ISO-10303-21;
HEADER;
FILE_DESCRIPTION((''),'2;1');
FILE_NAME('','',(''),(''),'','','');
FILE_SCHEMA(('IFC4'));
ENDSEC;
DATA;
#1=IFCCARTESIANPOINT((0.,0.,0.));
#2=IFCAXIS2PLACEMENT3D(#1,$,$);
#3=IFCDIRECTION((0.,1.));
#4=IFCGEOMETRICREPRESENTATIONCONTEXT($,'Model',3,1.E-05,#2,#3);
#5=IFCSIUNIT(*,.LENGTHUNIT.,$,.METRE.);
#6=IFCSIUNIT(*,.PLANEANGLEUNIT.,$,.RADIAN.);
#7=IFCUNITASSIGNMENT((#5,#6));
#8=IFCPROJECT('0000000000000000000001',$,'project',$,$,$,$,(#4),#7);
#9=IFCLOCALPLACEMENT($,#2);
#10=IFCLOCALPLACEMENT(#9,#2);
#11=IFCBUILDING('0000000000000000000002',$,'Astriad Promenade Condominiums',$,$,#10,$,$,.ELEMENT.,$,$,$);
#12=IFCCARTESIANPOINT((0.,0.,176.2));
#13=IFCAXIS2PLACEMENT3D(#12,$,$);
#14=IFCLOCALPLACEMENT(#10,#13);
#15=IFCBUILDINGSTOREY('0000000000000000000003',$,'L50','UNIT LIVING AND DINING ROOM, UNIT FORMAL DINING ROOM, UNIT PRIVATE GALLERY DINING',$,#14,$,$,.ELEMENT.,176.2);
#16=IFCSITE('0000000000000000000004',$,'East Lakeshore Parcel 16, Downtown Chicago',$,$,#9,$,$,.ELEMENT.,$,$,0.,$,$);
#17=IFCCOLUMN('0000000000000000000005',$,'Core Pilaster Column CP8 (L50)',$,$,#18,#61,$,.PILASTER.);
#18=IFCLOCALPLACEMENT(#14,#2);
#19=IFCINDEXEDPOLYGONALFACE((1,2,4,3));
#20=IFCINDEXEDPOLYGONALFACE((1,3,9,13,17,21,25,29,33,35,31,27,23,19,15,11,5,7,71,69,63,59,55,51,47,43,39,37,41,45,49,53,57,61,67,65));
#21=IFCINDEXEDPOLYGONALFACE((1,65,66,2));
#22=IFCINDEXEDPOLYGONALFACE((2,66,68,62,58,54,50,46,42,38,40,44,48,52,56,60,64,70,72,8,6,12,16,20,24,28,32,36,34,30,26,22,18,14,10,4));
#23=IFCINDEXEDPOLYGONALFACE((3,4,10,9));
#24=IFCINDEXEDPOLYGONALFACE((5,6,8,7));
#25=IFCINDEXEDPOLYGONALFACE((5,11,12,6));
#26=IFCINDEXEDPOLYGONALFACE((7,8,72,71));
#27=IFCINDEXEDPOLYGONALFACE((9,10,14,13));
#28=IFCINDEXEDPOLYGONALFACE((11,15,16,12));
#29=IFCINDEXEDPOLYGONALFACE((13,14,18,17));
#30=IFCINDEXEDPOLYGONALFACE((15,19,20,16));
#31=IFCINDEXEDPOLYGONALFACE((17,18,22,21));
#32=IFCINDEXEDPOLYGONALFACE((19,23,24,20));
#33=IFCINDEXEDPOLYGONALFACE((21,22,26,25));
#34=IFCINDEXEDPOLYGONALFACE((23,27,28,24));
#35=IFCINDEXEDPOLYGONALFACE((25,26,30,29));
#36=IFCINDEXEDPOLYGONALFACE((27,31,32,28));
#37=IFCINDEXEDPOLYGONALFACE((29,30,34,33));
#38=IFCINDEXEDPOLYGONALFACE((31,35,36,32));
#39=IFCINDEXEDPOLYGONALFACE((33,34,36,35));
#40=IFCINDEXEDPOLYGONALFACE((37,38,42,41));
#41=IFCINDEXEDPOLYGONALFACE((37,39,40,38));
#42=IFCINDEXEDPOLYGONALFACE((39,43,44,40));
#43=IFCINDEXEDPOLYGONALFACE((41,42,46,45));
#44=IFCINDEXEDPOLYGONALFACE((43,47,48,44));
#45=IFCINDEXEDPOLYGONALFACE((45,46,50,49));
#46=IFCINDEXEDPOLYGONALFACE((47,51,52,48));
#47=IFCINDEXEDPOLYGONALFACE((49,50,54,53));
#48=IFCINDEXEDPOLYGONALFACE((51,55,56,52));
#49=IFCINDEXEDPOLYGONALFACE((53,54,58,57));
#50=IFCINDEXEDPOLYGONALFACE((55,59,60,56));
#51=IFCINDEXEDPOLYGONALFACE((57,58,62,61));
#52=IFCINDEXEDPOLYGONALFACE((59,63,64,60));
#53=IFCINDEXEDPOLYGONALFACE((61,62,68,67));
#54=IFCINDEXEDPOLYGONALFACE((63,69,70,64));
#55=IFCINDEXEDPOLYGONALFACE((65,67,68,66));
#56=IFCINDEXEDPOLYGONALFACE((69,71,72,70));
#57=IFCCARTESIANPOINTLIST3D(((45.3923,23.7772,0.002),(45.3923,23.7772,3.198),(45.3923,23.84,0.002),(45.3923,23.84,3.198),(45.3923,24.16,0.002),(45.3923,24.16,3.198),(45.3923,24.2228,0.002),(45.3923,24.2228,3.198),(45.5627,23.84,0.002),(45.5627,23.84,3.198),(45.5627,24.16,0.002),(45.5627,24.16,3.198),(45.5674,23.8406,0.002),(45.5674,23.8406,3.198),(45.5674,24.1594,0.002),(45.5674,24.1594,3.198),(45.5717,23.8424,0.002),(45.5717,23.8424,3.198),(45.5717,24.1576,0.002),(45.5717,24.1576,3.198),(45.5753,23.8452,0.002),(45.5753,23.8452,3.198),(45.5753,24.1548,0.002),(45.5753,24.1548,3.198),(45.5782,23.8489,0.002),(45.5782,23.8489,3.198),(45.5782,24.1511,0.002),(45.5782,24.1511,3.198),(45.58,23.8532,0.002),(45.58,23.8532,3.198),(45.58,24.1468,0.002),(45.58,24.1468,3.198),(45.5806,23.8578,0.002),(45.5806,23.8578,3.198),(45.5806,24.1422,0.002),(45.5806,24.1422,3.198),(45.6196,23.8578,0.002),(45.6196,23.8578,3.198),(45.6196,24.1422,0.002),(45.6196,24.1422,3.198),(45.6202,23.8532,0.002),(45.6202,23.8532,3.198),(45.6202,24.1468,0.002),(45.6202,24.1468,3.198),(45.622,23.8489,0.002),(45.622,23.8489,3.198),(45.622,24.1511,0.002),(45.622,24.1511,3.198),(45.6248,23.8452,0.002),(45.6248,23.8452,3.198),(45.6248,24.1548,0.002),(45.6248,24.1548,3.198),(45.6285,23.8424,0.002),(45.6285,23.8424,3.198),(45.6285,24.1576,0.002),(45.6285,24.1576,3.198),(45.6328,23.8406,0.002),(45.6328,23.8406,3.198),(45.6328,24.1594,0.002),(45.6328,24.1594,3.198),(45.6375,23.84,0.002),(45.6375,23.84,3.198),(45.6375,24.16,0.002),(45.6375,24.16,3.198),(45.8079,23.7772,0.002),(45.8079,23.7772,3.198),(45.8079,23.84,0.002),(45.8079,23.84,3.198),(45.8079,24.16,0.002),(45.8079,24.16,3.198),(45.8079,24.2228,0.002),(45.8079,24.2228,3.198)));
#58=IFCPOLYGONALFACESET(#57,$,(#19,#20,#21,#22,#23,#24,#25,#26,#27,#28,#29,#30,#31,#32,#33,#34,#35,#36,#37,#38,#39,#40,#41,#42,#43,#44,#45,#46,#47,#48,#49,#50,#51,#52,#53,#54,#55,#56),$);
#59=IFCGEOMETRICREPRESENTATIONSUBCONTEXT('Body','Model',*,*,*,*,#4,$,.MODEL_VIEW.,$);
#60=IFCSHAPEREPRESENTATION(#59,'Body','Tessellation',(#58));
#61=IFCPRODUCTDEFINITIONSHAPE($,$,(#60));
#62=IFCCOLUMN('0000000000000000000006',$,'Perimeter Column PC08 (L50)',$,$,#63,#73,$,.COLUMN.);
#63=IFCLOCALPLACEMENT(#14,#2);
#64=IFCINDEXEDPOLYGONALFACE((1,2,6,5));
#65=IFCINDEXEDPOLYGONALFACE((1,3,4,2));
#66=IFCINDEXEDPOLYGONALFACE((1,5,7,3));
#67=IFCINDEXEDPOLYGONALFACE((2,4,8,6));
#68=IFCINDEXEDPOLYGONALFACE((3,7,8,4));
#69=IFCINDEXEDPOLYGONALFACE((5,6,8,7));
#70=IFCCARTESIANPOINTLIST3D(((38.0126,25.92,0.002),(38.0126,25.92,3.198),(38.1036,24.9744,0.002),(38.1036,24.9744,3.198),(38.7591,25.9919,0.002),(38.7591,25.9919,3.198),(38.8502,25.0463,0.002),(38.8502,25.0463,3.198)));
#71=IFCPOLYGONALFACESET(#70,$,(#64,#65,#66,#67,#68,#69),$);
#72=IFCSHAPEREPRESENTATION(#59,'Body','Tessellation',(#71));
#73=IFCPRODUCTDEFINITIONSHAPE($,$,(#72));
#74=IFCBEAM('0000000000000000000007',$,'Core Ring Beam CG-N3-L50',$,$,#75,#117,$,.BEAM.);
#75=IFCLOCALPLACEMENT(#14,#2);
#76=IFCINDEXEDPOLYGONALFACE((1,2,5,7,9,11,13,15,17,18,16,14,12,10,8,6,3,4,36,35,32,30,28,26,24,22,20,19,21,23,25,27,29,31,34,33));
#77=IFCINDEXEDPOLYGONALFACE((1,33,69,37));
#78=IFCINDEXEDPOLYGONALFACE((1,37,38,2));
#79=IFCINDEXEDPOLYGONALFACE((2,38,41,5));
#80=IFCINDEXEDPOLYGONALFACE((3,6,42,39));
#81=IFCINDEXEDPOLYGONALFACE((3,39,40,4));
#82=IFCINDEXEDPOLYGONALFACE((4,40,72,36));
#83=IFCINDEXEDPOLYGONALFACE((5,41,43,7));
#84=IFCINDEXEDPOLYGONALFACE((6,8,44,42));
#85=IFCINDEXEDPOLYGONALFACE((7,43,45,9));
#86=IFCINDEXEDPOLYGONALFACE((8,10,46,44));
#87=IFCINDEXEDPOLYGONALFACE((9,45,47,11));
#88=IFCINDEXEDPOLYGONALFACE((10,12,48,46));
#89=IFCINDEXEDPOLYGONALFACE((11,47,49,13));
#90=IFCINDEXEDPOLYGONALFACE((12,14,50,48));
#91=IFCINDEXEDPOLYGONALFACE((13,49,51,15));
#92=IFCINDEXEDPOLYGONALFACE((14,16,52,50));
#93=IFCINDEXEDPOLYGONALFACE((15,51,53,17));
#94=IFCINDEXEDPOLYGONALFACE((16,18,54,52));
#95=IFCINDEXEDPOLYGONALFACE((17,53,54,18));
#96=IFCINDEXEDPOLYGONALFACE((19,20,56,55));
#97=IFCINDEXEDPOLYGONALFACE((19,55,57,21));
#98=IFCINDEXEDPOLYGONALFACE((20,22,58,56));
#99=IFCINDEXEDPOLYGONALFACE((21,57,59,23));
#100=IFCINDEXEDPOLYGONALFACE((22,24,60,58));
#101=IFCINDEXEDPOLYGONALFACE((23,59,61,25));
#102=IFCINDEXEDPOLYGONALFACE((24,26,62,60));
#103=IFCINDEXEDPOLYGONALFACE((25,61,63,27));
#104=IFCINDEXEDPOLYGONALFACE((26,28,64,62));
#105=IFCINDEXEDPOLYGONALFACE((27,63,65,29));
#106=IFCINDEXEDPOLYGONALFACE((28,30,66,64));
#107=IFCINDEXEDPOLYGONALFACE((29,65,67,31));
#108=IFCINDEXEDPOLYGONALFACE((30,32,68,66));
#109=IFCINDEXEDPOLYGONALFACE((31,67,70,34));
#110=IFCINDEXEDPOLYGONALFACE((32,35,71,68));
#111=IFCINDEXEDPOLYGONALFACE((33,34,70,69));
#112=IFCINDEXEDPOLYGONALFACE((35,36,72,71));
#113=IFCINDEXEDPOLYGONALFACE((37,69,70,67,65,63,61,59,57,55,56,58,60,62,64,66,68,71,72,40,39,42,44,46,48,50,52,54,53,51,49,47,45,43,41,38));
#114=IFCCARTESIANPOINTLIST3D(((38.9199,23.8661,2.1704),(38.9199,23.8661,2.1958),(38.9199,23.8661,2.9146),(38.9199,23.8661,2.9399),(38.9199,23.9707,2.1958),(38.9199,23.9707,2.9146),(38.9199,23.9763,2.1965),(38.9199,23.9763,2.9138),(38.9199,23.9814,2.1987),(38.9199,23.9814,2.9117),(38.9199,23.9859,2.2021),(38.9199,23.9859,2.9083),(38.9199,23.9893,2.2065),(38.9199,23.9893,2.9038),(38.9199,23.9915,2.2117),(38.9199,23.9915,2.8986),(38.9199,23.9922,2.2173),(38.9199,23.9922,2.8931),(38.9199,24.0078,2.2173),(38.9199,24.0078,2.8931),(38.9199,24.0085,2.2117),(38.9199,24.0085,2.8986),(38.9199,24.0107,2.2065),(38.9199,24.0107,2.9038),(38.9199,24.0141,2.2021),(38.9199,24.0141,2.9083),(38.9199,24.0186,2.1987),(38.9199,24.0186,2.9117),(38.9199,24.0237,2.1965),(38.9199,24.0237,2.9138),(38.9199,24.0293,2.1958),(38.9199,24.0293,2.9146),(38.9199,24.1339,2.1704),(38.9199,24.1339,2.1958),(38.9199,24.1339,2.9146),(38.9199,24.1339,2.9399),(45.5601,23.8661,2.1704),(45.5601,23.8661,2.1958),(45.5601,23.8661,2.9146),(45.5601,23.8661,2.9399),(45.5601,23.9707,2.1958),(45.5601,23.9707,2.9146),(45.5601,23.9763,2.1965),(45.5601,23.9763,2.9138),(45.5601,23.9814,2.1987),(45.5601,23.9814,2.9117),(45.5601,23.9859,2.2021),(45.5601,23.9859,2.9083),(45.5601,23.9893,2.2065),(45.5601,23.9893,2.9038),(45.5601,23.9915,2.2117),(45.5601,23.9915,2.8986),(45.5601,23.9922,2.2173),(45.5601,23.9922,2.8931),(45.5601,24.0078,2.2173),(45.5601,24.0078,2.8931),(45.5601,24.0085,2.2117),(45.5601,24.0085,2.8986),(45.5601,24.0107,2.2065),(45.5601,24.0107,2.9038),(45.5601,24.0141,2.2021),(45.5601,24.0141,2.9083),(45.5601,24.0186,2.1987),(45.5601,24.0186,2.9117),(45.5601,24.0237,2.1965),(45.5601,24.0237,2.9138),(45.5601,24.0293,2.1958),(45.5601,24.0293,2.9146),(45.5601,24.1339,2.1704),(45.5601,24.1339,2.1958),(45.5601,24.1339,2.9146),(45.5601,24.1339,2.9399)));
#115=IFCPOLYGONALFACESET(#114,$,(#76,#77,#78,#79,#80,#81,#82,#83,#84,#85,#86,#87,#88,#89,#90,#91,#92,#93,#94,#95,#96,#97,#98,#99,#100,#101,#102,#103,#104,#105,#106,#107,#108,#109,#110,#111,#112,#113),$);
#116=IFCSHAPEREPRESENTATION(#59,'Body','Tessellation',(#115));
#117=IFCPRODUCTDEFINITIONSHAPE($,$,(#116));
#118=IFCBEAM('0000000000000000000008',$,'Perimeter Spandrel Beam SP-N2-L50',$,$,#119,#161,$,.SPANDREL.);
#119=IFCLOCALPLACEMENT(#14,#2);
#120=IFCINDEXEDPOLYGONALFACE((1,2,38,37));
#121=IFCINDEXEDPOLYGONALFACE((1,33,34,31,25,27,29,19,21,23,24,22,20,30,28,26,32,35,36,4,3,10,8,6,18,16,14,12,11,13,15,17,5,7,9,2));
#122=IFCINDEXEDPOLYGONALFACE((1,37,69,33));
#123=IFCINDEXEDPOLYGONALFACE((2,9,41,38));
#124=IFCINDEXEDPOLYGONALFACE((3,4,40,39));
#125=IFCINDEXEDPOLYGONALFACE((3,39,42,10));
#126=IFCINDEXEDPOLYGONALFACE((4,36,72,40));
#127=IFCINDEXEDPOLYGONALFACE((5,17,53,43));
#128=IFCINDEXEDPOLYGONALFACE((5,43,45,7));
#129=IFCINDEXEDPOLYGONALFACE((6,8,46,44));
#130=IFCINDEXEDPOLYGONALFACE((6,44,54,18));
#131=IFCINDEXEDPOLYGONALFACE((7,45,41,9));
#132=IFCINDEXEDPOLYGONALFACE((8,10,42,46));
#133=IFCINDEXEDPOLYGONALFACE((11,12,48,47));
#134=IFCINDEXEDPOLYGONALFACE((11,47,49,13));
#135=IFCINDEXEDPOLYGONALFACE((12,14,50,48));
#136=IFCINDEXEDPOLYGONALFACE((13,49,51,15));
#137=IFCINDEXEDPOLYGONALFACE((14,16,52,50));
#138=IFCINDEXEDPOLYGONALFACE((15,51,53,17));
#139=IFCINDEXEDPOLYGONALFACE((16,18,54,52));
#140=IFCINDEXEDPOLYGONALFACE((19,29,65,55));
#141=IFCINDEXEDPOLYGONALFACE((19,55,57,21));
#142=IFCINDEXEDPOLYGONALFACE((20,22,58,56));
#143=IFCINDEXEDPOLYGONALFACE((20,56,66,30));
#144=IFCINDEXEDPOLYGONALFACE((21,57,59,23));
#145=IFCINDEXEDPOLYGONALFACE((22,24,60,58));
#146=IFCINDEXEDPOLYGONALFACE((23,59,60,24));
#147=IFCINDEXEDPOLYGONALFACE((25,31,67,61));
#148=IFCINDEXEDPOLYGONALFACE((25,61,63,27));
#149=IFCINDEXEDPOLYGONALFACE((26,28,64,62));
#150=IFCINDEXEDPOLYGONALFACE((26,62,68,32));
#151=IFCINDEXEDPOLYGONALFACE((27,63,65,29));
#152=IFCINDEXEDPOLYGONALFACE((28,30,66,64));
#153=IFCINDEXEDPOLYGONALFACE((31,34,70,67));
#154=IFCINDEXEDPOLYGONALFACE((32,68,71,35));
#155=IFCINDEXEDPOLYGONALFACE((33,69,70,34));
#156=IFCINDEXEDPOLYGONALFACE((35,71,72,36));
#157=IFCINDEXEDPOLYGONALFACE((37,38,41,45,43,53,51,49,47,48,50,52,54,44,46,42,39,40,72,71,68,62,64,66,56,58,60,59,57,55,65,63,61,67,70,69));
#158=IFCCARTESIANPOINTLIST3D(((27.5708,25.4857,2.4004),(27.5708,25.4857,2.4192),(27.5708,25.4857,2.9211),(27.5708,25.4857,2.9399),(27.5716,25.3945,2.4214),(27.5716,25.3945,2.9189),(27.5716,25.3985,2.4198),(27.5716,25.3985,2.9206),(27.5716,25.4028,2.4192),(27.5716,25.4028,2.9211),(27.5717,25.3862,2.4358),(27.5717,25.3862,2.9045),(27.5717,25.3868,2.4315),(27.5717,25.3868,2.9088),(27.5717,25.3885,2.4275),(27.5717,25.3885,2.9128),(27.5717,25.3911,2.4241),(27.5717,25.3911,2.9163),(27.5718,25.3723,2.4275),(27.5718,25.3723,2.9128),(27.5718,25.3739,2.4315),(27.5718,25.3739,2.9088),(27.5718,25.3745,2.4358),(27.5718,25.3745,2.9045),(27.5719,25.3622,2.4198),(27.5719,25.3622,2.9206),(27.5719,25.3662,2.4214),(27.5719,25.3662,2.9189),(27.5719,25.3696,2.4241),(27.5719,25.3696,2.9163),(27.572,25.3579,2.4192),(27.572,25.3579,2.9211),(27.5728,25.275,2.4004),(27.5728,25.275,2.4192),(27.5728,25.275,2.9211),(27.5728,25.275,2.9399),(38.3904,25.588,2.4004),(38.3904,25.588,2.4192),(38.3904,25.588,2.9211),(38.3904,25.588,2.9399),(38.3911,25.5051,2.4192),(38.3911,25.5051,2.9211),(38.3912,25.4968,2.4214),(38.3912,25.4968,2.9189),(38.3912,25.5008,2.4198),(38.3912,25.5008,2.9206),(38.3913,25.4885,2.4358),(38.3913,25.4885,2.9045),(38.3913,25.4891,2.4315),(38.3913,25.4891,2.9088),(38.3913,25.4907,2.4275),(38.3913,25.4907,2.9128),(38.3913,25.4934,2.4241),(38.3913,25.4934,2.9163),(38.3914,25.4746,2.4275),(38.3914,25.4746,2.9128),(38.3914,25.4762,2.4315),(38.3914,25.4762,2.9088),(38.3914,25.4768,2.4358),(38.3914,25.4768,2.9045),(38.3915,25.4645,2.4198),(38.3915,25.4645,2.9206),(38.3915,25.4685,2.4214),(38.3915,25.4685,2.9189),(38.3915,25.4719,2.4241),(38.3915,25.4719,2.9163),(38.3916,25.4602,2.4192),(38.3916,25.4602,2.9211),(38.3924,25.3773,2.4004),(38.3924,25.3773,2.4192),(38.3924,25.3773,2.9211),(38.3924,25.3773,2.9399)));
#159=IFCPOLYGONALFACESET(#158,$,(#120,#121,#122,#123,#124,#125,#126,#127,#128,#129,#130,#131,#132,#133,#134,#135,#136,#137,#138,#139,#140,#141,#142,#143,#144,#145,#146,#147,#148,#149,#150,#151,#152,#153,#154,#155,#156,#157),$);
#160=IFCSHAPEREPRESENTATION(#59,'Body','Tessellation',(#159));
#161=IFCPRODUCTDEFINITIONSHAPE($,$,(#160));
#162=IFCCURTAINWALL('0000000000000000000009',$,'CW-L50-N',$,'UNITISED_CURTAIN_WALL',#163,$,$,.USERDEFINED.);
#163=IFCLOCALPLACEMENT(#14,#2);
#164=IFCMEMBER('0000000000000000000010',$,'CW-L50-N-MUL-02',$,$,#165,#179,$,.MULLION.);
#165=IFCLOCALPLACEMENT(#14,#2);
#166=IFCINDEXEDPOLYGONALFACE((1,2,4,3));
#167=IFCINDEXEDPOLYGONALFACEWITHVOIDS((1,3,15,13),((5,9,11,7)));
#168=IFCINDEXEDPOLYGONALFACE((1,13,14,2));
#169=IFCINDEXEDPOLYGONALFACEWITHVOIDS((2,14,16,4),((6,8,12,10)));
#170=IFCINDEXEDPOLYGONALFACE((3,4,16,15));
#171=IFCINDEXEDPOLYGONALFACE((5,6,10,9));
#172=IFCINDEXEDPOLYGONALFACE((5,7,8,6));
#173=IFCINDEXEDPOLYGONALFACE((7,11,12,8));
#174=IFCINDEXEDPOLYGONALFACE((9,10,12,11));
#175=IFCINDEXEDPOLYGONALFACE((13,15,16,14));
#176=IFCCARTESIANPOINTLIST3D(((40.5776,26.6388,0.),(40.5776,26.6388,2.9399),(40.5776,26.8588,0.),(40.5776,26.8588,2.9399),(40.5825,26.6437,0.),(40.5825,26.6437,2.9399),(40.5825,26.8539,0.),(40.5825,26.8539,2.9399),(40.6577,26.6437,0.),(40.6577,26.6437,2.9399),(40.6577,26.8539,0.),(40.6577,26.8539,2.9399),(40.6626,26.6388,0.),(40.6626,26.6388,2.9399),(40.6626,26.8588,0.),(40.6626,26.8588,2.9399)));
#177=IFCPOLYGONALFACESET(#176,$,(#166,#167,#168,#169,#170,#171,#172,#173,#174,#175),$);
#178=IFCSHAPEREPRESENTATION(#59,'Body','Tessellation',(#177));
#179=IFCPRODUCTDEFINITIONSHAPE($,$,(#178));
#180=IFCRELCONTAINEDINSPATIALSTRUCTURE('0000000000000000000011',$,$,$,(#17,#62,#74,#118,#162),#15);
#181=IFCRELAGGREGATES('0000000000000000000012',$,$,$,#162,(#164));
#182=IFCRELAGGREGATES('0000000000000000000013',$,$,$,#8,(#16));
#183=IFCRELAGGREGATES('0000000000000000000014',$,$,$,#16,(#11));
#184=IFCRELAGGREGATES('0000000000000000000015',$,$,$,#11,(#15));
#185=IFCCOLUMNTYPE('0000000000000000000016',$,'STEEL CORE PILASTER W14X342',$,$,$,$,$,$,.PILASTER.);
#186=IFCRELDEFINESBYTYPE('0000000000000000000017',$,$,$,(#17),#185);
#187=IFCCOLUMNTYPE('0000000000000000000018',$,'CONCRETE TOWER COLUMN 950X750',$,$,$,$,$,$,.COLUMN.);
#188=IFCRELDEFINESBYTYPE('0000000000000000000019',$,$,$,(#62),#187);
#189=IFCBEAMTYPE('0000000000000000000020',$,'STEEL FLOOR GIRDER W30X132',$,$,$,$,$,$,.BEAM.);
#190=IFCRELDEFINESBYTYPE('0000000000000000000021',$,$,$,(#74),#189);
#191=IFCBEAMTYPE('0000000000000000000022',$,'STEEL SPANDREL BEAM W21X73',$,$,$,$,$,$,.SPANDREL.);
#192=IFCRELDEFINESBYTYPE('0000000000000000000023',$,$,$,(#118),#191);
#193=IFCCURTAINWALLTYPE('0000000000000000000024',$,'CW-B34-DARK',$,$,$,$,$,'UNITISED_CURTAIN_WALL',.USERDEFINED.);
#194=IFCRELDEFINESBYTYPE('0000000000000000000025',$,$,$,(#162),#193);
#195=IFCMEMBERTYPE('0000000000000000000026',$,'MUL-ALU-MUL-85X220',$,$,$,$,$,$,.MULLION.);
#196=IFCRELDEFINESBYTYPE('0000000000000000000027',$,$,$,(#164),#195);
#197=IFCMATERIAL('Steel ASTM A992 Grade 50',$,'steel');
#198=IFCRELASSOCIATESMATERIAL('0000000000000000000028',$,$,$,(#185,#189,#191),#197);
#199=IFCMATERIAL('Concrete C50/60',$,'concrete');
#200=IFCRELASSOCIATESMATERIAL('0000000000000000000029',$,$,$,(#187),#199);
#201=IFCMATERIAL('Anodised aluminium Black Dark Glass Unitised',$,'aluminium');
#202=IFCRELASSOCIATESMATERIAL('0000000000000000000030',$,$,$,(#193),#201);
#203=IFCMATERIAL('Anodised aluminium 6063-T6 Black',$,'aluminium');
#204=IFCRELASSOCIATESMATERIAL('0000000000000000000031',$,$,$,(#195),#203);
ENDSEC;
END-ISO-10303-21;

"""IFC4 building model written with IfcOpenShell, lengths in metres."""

from ifc_helpers import new_model, si_unit, direction, frame, origin, origin_2d, place, context, subcontext, project, spatial, rectangle, hollow_rectangle, i_section, extrude, source, transform, mapped, material, material_profile, profile_set, type_object, type_shapes, element, aggregate, save


model = new_model("IFC4")

# Units and contexts
model_context = context("Model", 3, precision=1e-05, world=origin(), true_north=direction((0.0, 1.0)))
body_context = subcontext(model_context, "Body", "Model", "MODEL_VIEW")
ifc_project = project(units=[si_unit("LENGTHUNIT", "METRE"), si_unit("PLANEANGLEUNIT", "RADIAN")], contexts=[model_context])

# Site, building, storey
site_placement = place(None, origin())
site = spatial("IfcSite", under=ifc_project, at=site_placement, Name="East Lakeshore Parcel 16, Downtown Chicago", CompositionType="ELEMENT", RefElevation=0.0)
building_placement = place(site_placement, origin())
building = spatial("IfcBuilding", under=site, at=building_placement, Name="Astriad Promenade Condominiums", CompositionType="ELEMENT")
storey_placement = place(building_placement, frame((0.0, 0.0, 176.2)))
storey = spatial("IfcBuildingStorey", under=building, at=storey_placement, Name="L50", Description="UNIT LIVING AND DINING ROOM, UNIT FORMAL DINING ROOM, UNIT PRIVATE GALLERY DINING", CompositionType="ELEMENT", Elevation=176.2)

# Columns
ifc_material_1 = material(Name="Steel ASTM A992 Grade 50", Category="steel")
ifc_material_profile_1 = material_profile(ifc_material_1, i_section(OverallWidth=0.4155, OverallDepth=0.4456, WebThickness=0.0391, FlangeThickness=0.0627, FilletRadius=0.0178, at=origin_2d()), Name="W14X342")
ifc_profile_set_1 = profile_set([ifc_material_profile_1], Name="Steel ASTM A992 Grade 50")
column_type_1 = type_object("IfcColumnType", Name="STEEL CORE PILASTER W14X342", PredefinedType="PILASTER", material=ifc_profile_set_1)
shared_shape_1 = source(origin(), body_context, "Body", "SweptSolid", [
    extrude(i_section(OverallWidth=0.4155, OverallDepth=0.4456, WebThickness=0.0391, FlangeThickness=0.0627, FilletRadius=0.0178, at=origin_2d()), origin(), (0.0, 0.0, 1.0), 3.196),
])
type_shapes(column_type_1, [shared_shape_1])
column_1_placement = place(storey_placement, frame((45.6001, 24.0, 0.002), z_axis=(0.0, 0.0, 1.0), x_axis=(1.0, 0.0, 0.0)))
element("IfcColumn", 1, at=column_1_placement, inside=storey, type_object=column_type_1, Name="Core Pilaster Column CP8 (L50)", PredefinedType="PILASTER", context=body_context, shape_type="MappedRepresentation", body=[
    mapped(shared_shape_1, transform((0.0, 0.0, 0.0), scale=1.0)),
])
ifc_material_2 = material(Name="Concrete C50/60", Category="concrete")
ifc_material_profile_2 = material_profile(ifc_material_2, rectangle(XDim=0.75, YDim=0.95, at=origin_2d()), Name="RC-COL-950X750")
ifc_profile_set_2 = profile_set([ifc_material_profile_2], Name="Concrete C50/60")
column_type_2 = type_object("IfcColumnType", Name="CONCRETE TOWER COLUMN 950X750", PredefinedType="COLUMN", material=ifc_profile_set_2)
shared_shape_2 = source(origin(), body_context, "Body", "SweptSolid", [
    extrude(rectangle(XDim=0.75, YDim=0.95, at=origin_2d()), origin(), (0.0, 0.0, 1.0), 3.196),
])
type_shapes(column_type_2, [shared_shape_2])
column_2_placement = place(storey_placement, frame((38.4314, 25.4832, 0.002), z_axis=(0.0, 0.0, 1.0), x_axis=(0.995396, 0.095846, 0.0)))
element("IfcColumn", 2, at=column_2_placement, inside=storey, type_object=column_type_2, Name="Perimeter Column PC08 (L50)", PredefinedType="COLUMN", context=body_context, shape_type="MappedRepresentation", body=[
    mapped(shared_shape_2, transform((0.0, 0.0, 0.0), scale=1.0)),
])

# Beams
ifc_material_profile_3 = material_profile(ifc_material_1, i_section(OverallWidth=0.2678, OverallDepth=0.7695, WebThickness=0.0156, FlangeThickness=0.0254, FilletRadius=0.0215, at=origin_2d()), Name="W30X132")
ifc_profile_set_3 = profile_set([ifc_material_profile_3], Name="Steel ASTM A992 Grade 50")
beam_type_1 = type_object("IfcBeamType", Name="STEEL FLOOR GIRDER W30X132", PredefinedType="BEAM", material=ifc_profile_set_3)
shared_shape_3 = source(origin(), body_context, "Body", "SweptSolid", [
    extrude(i_section(OverallWidth=0.2678, OverallDepth=0.7695, WebThickness=0.0156, FlangeThickness=0.0254, FilletRadius=0.0215, at=origin_2d()), origin(), (0.0, 0.0, 1.0), 6.6401),
])
type_shapes(beam_type_1, [shared_shape_3])
beam_1_placement = place(storey_placement, frame((38.9199, 24.0, 2.5552), z_axis=(1.0, 0.0, 0.0), x_axis=(0.0, 1.0, 0.0)))
element("IfcBeam", 3, at=beam_1_placement, inside=storey, type_object=beam_type_1, Name="Core Ring Beam CG-N3-L50", PredefinedType="BEAM", context=body_context, shape_type="MappedRepresentation", body=[
    mapped(shared_shape_3, transform((0.0, 0.0, 0.0), scale=1.0)),
])
ifc_material_profile_4 = material_profile(ifc_material_1, i_section(OverallWidth=0.2107, OverallDepth=0.5396, WebThickness=0.0117, FlangeThickness=0.0188, FilletRadius=0.0166, at=origin_2d()), Name="W21X73")
ifc_profile_set_4 = profile_set([ifc_material_profile_4], Name="Steel ASTM A992 Grade 50")
beam_type_2 = type_object("IfcBeamType", Name="STEEL SPANDREL BEAM W21X73", PredefinedType="SPANDREL", material=ifc_profile_set_4)
shared_shape_4 = source(origin(), body_context, "Body", "SweptSolid", [
    extrude(i_section(OverallWidth=0.2107, OverallDepth=0.5396, WebThickness=0.0117, FlangeThickness=0.0188, FilletRadius=0.0166, at=origin_2d()), origin(), (0.0, 0.0, 1.0), 10.8201),
])
type_shapes(beam_type_2, [shared_shape_4])
beam_2_placement = place(storey_placement, frame((38.3914, 25.4827, 2.6702), z_axis=(-0.999955, -0.009454, 0.0), x_axis=(0.009454, -0.999955, 0.0)))
element("IfcBeam", 4, at=beam_2_placement, inside=storey, type_object=beam_type_2, Name="Perimeter Spandrel Beam SP-N2-L50", PredefinedType="SPANDREL", context=body_context, shape_type="MappedRepresentation", body=[
    mapped(shared_shape_4, transform((0.0, 0.0, 0.0), scale=1.0)),
])

# Curtain wall, member
ifc_material_3 = material(Name="Anodised aluminium Black Dark Glass Unitised", Category="aluminium")
curtain_wall_type = type_object("IfcCurtainWallType", Name="CW-B34-DARK", ElementType="UNITISED_CURTAIN_WALL", PredefinedType="USERDEFINED", material=ifc_material_3)
curtain_wall_placement = place(storey_placement, origin())
curtain_wall = element("IfcCurtainWall", 5, at=curtain_wall_placement, inside=storey, type_object=curtain_wall_type, Name="CW-L50-N", ObjectType="UNITISED_CURTAIN_WALL", PredefinedType="USERDEFINED")
ifc_material_4 = material(Name="Anodised aluminium 6063-T6 Black", Category="aluminium")
ifc_material_profile_5 = material_profile(ifc_material_4, hollow_rectangle(XDim=0.085, YDim=0.22, WallThickness=0.0049, at=origin_2d()), Name="ALU-MUL-85X220")
ifc_profile_set_5 = profile_set([ifc_material_profile_5], Name="Anodised aluminium 6063-T6 Black")
member_type_1 = type_object("IfcMemberType", Name="MUL-ALU-MUL-85X220", PredefinedType="MULLION", material=ifc_profile_set_5)
shared_shape_5 = source(origin(), body_context, "Body", "SweptSolid", [
    extrude(hollow_rectangle(XDim=0.085, YDim=0.22, WallThickness=0.0049, at=origin_2d()), origin(), (0.0, 0.0, 1.0), 2.9399),
])
type_shapes(member_type_1, [shared_shape_5])
member_1_placement = place(storey_placement, frame((40.6201, 26.7488, 0.0), z_axis=(0.0, 0.0, 1.0), x_axis=(1.0, 0.0, 0.0)))
member_1 = element("IfcMember", 6, at=member_1_placement, type_object=member_type_1, Name="CW-L50-N-MUL-02", PredefinedType="MULLION", context=body_context, shape_type="MappedRepresentation", body=[
    mapped(shared_shape_5, transform((0.0, 0.0, 0.0), scale=1.0)),
])
aggregate(curtain_wall, [member_1])

save(model, "model.ifc")
